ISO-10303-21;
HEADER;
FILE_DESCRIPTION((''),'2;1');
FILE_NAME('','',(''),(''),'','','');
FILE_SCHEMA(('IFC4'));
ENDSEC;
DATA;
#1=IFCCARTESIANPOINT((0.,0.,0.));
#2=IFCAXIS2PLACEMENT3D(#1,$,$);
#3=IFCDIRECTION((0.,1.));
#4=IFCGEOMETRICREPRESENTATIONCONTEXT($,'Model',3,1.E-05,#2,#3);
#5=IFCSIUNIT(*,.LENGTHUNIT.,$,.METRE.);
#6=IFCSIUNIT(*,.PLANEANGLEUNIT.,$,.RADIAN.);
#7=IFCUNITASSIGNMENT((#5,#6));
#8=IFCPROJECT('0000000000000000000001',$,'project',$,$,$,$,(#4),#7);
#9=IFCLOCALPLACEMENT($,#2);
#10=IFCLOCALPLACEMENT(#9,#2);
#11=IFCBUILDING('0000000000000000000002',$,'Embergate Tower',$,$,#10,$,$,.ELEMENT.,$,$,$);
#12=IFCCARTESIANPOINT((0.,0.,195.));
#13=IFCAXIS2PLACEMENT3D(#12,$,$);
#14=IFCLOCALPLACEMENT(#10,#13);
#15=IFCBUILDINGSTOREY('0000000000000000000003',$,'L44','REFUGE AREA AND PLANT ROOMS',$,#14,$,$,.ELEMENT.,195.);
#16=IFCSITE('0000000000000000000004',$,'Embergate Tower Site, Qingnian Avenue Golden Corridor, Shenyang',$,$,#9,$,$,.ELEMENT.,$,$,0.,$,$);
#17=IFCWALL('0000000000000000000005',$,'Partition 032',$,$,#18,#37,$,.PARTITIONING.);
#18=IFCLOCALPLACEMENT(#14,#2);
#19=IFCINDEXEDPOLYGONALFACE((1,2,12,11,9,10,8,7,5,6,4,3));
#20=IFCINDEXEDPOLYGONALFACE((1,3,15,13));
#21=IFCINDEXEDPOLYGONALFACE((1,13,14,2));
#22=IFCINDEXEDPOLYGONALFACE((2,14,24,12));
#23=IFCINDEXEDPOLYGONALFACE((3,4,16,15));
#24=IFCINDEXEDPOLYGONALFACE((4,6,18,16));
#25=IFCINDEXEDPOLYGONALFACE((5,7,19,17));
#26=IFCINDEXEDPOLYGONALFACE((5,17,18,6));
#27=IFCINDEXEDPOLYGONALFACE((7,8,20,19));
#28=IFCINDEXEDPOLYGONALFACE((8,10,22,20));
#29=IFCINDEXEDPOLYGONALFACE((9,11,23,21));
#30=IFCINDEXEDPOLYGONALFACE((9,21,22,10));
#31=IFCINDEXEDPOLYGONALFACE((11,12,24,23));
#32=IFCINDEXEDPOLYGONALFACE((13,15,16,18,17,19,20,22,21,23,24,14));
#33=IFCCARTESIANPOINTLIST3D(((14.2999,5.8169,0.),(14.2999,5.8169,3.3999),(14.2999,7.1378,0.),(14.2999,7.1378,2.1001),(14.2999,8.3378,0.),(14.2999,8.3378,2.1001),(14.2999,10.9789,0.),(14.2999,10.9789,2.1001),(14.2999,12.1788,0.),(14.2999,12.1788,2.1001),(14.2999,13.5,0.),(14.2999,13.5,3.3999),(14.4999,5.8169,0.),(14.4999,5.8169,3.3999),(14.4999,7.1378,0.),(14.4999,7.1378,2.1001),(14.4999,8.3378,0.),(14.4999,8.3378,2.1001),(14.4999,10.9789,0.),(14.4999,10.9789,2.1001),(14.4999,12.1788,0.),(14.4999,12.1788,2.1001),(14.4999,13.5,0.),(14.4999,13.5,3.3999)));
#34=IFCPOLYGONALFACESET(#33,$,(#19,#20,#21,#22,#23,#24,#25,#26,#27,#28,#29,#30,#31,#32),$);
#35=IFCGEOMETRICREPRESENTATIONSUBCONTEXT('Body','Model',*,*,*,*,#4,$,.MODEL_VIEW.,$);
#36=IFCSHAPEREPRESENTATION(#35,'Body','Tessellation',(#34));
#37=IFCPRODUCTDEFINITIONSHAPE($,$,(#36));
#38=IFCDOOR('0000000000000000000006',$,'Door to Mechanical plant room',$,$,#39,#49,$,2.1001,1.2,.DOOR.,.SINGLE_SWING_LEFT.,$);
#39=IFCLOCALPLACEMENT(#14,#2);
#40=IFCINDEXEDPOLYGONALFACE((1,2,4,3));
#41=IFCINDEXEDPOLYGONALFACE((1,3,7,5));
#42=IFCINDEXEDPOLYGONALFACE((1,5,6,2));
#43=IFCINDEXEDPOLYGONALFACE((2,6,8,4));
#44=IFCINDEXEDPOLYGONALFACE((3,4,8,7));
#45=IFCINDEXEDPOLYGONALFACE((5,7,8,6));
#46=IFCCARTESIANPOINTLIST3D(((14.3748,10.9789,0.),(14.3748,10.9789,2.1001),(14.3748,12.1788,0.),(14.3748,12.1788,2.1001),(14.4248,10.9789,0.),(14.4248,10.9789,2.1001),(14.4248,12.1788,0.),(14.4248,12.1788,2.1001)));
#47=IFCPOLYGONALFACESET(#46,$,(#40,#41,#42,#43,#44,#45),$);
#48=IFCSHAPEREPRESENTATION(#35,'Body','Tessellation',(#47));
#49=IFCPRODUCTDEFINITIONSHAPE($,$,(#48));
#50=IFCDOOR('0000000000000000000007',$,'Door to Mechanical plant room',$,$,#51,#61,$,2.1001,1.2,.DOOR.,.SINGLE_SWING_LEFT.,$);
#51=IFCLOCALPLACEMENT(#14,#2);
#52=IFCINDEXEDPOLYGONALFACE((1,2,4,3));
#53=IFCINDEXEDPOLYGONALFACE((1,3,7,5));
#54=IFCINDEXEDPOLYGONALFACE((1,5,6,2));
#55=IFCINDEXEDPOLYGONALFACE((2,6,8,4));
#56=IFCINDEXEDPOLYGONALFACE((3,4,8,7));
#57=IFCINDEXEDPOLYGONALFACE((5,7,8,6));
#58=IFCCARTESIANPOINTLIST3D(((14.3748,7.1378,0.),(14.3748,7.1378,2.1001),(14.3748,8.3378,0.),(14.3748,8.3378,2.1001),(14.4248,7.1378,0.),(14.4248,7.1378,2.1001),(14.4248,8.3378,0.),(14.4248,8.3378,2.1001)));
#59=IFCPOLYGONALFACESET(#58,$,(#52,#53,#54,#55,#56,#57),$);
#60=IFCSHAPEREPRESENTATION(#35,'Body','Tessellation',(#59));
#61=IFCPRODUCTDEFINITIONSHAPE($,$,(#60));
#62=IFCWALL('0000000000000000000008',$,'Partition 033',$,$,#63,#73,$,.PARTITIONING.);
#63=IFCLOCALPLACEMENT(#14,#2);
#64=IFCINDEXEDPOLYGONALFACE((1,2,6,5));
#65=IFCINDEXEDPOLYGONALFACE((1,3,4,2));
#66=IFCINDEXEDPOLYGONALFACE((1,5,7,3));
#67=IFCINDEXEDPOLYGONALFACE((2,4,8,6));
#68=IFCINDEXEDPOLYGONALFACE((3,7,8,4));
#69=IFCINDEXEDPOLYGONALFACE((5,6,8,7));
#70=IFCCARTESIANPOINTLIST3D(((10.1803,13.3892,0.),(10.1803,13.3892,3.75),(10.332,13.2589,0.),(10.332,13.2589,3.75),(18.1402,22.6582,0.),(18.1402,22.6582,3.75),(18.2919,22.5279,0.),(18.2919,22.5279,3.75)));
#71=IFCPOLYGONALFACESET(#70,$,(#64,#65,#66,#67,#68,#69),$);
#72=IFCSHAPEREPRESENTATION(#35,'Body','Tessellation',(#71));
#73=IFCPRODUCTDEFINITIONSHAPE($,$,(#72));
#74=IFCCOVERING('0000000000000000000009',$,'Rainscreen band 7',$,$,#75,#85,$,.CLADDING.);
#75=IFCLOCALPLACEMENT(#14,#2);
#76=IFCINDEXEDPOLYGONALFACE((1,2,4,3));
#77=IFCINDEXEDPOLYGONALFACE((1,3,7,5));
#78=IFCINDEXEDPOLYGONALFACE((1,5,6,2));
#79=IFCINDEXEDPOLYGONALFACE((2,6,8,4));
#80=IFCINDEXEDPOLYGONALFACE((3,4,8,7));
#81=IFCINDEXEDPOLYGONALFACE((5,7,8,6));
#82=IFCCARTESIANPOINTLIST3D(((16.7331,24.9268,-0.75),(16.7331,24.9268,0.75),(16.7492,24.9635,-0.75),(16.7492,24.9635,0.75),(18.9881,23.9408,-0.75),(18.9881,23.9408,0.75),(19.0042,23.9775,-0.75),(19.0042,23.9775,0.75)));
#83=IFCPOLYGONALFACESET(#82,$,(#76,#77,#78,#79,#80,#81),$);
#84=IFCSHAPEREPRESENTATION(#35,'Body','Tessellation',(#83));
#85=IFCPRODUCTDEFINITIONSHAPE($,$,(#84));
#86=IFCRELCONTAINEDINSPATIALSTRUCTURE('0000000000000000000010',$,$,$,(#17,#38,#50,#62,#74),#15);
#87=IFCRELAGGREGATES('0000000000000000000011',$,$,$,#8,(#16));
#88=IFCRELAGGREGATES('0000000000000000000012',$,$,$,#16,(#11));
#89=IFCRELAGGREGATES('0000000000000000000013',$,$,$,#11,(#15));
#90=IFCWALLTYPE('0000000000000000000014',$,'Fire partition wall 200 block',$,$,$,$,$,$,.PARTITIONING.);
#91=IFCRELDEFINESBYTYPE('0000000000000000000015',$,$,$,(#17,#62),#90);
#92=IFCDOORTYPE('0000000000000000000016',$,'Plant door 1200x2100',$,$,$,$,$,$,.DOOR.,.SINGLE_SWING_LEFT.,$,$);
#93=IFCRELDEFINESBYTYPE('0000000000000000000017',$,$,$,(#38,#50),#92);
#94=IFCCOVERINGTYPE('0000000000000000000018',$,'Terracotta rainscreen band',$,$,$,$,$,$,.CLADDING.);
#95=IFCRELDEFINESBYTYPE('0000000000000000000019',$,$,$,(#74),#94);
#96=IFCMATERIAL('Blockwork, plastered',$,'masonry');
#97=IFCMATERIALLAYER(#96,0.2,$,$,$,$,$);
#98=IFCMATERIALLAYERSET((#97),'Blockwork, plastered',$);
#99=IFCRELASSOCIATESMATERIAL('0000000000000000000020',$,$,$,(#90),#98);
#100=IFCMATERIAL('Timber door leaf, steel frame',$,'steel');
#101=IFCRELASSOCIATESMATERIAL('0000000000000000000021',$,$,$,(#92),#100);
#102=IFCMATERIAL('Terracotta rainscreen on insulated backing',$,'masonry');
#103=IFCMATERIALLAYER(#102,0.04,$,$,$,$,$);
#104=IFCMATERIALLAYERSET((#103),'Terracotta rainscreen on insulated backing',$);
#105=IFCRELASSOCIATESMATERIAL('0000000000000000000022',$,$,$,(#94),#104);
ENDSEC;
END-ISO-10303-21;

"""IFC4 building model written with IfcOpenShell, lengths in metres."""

from ifc_helpers import new_model, si_unit, direction, frame, frame_2d, origin, origin_2d, place, context, subcontext, project, spatial, rectangle, extrude, source, transform, mapped, material, layer, layer_set, type_object, element, fill, save


model = new_model("IFC4")

# Units and contexts
model_context = context("Model", 3, precision=1e-05, world=origin(), true_north=direction((0.0, 1.0)))
body_context = subcontext(model_context, "Body", "Model", "MODEL_VIEW")
ifc_project = project(units=[si_unit("LENGTHUNIT", "METRE"), si_unit("PLANEANGLEUNIT", "RADIAN")], contexts=[model_context])

# Site, building, storey
site_placement = place(None, origin())
site = spatial("IfcSite", under=ifc_project, at=site_placement, Name="Embergate Tower Site, Qingnian Avenue Golden Corridor, Shenyang", CompositionType="ELEMENT", RefElevation=0.0)
building_placement = place(site_placement, origin())
building = spatial("IfcBuilding", under=site, at=building_placement, Name="Embergate Tower", CompositionType="ELEMENT")
storey_placement = place(building_placement, frame((0.0, 0.0, 195.0)))
storey = spatial("IfcBuildingStorey", under=building, at=storey_placement, Name="L44", Description="REFUGE AREA AND PLANT ROOMS", CompositionType="ELEMENT", Elevation=195.0)

# Wall, openings, doors
ifc_material_1 = material(Name="Blockwork, plastered", Category="masonry")
ifc_layer_1 = layer(ifc_material_1, 0.2)
ifc_layer_set_1 = layer_set([ifc_layer_1], Name="Blockwork, plastered")
wall_type_1 = type_object("IfcWallType", Name="Fire partition wall 200 block", PredefinedType="PARTITIONING", material=ifc_layer_set_1)
shared_shape_1 = source(origin(), body_context, "Body", "SweptSolid", [
    extrude(rectangle(XDim=7.6831, YDim=0.2, at=frame_2d((3.8416, 0.0))), origin(), (0.0, 0.0, 1.0), 3.3999),
])
wall_1_placement = place(storey_placement, frame((14.3999, 13.5, 0.0), z_axis=(0.0, 0.0, 1.0), x_axis=(0.0, -1.0, 0.0)))
wall_1 = element("IfcWall", 1, at=wall_1_placement, inside=storey, type_object=wall_type_1, Name="Partition 032", PredefinedType="PARTITIONING", context=body_context, shape_type="MappedRepresentation", body=[
    mapped(shared_shape_1, transform((0.0, 0.0, 0.0))),
])
shared_shape_2 = source(origin(), body_context, "Body", "SweptSolid", [
    extrude(rectangle(XDim=1.2, YDim=2.1001, at=frame_2d((0.6001, 1.05))), frame((0.0, 0.1099, 0.0), z_axis=(0.0, -1.0, 0.0), x_axis=(1.0, 0.0, 0.0)), (0.0, 0.0, 1.0), 0.22),
])
opening_1_placement = place(wall_1_placement, frame((1.321, 0.0, 0.0)))
opening_1 = element("IfcOpeningElement", 2, at=opening_1_placement, cuts=wall_1, PredefinedType="OPENING", context=body_context, shape_type="MappedRepresentation", body=[
    mapped(shared_shape_2, transform((0.0, 0.0, 0.0))),
])
opening_2_placement = place(wall_1_placement, frame((5.1621, 0.0, 0.0)))
opening_2 = element("IfcOpeningElement", 3, at=opening_2_placement, cuts=wall_1, PredefinedType="OPENING", context=body_context, shape_type="MappedRepresentation", body=[
    mapped(shared_shape_2, transform((0.0, 0.0, 0.0))),
])
ifc_material_2 = material(Name="Timber door leaf, steel frame", Category="steel")
door_type = type_object("IfcDoorType", Name="Plant door 1200x2100", OperationType="SINGLE_SWING_LEFT", PredefinedType="DOOR", material=ifc_material_2)
shared_shape_3 = source(origin(), body_context, "Body", "SweptSolid", [
    extrude(rectangle(XDim=1.2, YDim=2.1001, at=frame_2d((0.6001, 1.05))), frame((0.0, 0.0249, 0.0), z_axis=(0.0, -1.0, 0.0), x_axis=(1.0, 0.0, 0.0)), (0.0, 0.0, 1.0), 0.05),
])
door_1_placement = place(opening_1_placement, origin())
door_1 = element("IfcDoor", 4, at=door_1_placement, inside=storey, type_object=door_type, Name="Door to Mechanical plant room", OperationType="SINGLE_SWING_LEFT", OverallHeight=2.1001, OverallWidth=1.2, PredefinedType="DOOR", context=body_context, shape_type="MappedRepresentation", body=[
    mapped(shared_shape_3, transform((0.0, 0.0, 0.0))),
])
fill(opening_1, door_1)
door_2_placement = place(opening_2_placement, origin())
door_2 = element("IfcDoor", 5, at=door_2_placement, inside=storey, type_object=door_type, Name="Door to Mechanical plant room", OperationType="SINGLE_SWING_LEFT", OverallHeight=2.1001, OverallWidth=1.2, PredefinedType="DOOR", context=body_context, shape_type="MappedRepresentation", body=[
    mapped(shared_shape_3, transform((0.0, 0.0, 0.0))),
])
fill(opening_2, door_2)

# Wall
shared_shape_4 = source(origin(), body_context, "Body", "SweptSolid", [
    extrude(rectangle(XDim=12.2178, YDim=0.2, at=frame_2d((6.1089, 0.0))), origin(), (0.0, 0.0, 1.0), 3.75),
])
wall_2_placement = place(storey_placement, frame((18.2161, 22.593, 0.0), z_axis=(0.0, 0.0, 1.0), x_axis=(-0.651502, -0.758647, 0.0)))
element("IfcWall", 6, at=wall_2_placement, inside=storey, type_object=wall_type_1, Name="Partition 033", PredefinedType="PARTITIONING", context=body_context, shape_type="MappedRepresentation", body=[
    mapped(shared_shape_4, transform((0.0, 0.0, 0.0))),
])

# Covering
ifc_material_3 = material(Name="Terracotta rainscreen on insulated backing", Category="masonry")
ifc_layer_2 = layer(ifc_material_3, 0.04)
ifc_layer_set_2 = layer_set([ifc_layer_2], Name="Terracotta rainscreen on insulated backing")
covering_type = type_object("IfcCoveringType", Name="Terracotta rainscreen band", PredefinedType="CLADDING", material=ifc_layer_set_2)
shared_shape_5 = source(origin(), body_context, "Body", "SweptSolid", [
    extrude(rectangle(XDim=2.4612, YDim=0.04, at=origin_2d()), origin(), (0.0, 0.0, 1.0), 1.5),
])
covering_placement = place(storey_placement, frame((17.8687, 24.4521, -0.75), z_axis=(0.0, 0.0, 1.0), x_axis=(-0.916241, 0.400627, 0.0)))
element("IfcCovering", 7, at=covering_placement, inside=storey, type_object=covering_type, Name="Rainscreen band 7", PredefinedType="CLADDING", context=body_context, shape_type="MappedRepresentation", body=[
    mapped(shared_shape_5, transform((0.0, 0.0, 0.0))),
])

save(model, "model.ifc")
